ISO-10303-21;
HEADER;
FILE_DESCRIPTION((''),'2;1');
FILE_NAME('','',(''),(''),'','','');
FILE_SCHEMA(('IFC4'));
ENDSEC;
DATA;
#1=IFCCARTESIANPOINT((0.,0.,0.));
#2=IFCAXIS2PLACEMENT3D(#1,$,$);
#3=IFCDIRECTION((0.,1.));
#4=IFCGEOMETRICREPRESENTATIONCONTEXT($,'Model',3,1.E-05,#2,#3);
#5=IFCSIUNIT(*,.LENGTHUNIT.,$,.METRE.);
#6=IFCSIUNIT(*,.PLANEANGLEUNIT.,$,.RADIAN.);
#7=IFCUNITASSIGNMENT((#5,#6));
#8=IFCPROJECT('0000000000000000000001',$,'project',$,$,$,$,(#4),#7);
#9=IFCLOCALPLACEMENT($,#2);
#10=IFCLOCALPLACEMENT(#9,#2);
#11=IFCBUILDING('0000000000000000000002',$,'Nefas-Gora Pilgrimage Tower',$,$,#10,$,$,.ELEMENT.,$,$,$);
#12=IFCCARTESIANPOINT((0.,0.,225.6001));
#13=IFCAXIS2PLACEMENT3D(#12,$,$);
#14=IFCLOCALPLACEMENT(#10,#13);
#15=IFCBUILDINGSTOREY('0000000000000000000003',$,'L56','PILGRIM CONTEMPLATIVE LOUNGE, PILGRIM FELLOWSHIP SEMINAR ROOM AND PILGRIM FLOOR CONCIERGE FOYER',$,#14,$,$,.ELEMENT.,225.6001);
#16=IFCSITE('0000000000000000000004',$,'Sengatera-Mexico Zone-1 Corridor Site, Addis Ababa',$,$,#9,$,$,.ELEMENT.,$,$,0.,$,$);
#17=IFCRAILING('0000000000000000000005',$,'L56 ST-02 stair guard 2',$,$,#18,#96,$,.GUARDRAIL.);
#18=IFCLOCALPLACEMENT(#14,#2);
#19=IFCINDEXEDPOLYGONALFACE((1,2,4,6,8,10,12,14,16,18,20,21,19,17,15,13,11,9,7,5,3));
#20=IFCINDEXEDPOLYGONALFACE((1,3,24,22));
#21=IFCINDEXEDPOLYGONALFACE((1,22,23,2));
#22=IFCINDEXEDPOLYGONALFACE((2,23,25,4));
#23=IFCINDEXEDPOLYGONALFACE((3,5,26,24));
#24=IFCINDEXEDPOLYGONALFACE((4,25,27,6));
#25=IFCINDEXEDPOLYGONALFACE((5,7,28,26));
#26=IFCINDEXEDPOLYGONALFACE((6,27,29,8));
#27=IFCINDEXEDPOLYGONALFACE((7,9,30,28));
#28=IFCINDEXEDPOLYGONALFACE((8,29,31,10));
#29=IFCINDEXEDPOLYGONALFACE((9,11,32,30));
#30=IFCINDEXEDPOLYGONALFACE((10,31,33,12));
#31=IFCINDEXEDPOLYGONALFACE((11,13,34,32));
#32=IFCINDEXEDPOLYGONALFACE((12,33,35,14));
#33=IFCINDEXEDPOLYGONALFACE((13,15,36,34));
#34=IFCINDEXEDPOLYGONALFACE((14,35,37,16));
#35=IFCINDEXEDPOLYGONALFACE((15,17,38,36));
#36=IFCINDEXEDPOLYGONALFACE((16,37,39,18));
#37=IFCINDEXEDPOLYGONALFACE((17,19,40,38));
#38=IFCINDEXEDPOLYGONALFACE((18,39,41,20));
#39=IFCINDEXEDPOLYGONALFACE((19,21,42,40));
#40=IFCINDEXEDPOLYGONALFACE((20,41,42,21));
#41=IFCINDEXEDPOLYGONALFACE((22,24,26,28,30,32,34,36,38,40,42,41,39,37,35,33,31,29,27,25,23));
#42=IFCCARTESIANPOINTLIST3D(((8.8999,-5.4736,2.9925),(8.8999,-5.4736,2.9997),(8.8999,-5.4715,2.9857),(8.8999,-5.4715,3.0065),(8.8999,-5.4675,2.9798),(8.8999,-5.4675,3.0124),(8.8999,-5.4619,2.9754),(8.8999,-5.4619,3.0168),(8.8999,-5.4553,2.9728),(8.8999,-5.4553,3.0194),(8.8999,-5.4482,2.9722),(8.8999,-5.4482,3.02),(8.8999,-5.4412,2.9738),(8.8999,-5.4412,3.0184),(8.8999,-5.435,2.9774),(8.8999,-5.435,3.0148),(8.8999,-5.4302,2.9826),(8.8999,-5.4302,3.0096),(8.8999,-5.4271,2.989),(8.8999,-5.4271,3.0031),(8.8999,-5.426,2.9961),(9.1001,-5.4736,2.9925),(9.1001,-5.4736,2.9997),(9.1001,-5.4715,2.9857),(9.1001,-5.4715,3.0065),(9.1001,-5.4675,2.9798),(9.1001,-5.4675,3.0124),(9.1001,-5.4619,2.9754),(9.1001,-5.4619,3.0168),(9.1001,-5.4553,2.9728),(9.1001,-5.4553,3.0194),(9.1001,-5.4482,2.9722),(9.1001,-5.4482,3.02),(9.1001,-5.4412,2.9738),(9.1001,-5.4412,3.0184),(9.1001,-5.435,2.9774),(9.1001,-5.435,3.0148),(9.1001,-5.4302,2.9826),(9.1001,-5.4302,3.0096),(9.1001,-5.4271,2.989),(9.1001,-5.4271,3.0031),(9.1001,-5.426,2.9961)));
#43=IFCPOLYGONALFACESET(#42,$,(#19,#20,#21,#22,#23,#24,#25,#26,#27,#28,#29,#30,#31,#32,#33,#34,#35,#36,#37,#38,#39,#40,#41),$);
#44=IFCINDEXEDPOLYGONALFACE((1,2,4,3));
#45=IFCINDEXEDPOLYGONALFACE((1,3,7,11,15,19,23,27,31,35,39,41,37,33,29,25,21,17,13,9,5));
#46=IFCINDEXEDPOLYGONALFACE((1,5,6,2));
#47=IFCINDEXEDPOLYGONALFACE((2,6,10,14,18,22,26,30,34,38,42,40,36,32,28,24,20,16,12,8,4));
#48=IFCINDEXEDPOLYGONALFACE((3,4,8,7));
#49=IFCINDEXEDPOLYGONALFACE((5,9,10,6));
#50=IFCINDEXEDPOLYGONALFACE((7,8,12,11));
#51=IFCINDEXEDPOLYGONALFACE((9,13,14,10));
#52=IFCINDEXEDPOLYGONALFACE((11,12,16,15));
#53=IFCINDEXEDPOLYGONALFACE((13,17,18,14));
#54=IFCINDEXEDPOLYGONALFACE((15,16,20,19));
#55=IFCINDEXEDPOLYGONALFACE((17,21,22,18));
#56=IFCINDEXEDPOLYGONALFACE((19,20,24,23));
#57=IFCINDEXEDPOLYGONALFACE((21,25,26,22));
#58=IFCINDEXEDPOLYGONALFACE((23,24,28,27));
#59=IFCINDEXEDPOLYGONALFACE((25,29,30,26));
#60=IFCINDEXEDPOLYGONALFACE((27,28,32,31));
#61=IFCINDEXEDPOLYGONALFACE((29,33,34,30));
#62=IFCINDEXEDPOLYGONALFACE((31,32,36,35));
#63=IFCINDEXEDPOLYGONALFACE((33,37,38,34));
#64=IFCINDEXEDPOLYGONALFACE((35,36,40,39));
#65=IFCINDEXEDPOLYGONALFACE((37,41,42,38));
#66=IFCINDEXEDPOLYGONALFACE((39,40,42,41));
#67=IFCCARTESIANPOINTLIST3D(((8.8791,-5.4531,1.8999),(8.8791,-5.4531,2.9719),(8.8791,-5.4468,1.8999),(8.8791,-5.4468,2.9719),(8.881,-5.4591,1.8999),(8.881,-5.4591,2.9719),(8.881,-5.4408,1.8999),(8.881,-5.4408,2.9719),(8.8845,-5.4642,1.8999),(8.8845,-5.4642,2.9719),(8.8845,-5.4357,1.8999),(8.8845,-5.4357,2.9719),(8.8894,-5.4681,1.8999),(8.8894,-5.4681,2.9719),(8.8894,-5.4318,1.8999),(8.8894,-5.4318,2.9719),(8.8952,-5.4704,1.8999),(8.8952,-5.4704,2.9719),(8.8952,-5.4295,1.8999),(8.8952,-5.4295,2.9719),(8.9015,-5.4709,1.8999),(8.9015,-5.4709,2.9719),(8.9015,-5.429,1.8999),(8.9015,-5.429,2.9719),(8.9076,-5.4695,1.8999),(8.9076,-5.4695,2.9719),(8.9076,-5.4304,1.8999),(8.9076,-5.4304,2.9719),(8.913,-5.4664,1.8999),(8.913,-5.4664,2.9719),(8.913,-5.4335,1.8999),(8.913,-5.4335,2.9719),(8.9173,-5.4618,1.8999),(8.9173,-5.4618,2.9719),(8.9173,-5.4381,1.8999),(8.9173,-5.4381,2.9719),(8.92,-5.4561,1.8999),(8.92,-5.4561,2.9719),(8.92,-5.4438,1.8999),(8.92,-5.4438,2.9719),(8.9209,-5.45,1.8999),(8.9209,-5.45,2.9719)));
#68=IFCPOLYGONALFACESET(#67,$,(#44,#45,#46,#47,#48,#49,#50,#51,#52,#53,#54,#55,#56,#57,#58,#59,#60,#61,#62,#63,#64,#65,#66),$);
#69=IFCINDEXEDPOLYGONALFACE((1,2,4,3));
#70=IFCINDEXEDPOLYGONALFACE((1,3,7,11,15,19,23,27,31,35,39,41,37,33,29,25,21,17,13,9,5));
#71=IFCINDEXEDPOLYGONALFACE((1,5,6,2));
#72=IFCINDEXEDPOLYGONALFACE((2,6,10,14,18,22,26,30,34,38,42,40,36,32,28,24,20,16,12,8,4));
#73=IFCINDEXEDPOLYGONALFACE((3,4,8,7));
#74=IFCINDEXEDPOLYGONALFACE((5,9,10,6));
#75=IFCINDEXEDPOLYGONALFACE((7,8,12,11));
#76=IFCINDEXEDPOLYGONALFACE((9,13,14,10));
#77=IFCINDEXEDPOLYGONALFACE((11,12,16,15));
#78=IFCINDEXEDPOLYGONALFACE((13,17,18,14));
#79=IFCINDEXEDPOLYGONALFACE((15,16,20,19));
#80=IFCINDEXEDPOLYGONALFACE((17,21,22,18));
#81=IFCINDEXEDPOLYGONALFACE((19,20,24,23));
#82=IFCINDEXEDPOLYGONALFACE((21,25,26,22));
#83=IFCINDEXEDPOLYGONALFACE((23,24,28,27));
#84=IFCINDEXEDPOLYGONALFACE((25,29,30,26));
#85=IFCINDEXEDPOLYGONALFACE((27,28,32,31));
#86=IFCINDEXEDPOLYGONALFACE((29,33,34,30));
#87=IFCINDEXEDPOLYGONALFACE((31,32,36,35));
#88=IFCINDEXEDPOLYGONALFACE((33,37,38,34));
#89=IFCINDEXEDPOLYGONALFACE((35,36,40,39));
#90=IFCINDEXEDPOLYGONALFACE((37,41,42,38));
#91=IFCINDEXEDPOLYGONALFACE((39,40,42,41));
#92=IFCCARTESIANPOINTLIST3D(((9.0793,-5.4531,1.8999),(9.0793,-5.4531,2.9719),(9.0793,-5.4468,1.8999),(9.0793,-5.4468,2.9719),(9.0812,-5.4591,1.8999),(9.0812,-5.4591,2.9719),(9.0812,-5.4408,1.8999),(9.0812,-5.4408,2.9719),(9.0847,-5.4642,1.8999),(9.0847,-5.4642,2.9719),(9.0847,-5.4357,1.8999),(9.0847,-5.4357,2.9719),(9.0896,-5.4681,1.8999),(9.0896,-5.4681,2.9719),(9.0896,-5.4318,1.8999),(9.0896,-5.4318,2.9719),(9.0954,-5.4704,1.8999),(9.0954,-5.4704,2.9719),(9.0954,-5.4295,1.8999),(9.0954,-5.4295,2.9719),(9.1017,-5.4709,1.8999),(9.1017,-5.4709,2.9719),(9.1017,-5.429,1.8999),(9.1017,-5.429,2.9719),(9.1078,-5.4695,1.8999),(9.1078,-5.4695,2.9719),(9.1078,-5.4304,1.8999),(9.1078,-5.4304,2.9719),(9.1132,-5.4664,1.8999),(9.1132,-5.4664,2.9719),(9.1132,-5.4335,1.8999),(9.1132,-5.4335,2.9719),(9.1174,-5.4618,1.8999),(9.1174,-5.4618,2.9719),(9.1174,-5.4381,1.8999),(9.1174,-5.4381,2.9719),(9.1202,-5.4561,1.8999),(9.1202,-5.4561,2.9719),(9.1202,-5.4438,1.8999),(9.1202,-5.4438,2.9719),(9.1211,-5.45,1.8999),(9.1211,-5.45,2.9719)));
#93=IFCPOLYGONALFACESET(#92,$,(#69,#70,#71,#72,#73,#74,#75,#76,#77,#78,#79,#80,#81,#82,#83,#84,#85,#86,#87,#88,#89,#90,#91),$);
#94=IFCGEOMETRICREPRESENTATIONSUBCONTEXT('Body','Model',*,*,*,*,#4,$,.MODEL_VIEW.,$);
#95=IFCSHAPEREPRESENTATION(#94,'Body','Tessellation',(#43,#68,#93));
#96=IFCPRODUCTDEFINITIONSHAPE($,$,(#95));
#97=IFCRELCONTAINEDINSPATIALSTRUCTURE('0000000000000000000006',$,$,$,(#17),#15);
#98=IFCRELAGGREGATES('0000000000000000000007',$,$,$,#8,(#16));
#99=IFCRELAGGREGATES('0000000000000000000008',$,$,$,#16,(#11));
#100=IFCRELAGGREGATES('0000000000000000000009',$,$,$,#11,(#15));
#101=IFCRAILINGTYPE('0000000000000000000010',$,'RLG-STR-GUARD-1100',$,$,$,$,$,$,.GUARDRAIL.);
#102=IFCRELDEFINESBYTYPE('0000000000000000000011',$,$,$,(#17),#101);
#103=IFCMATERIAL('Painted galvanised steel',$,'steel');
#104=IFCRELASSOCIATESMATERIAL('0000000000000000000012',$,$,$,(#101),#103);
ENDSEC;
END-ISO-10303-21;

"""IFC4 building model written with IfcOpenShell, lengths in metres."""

from ifc_helpers import new_model, si_unit, direction, frame, origin, origin_2d, place, context, subcontext, project, spatial, circle, extrude, material, type_object, element, save


model = new_model("IFC4")

# Units and contexts
model_context = context("Model", 3, precision=1e-05, world=origin(), true_north=direction((0.0, 1.0)))
body_context = subcontext(model_context, "Body", "Model", "MODEL_VIEW")
ifc_project = project(units=[si_unit("LENGTHUNIT", "METRE"), si_unit("PLANEANGLEUNIT", "RADIAN")], contexts=[model_context])

# Site, building, storey
site_placement = place(None, origin())
site = spatial("IfcSite", under=ifc_project, at=site_placement, Name="Sengatera-Mexico Zone-1 Corridor Site, Addis Ababa", CompositionType="ELEMENT", RefElevation=0.0)
building_placement = place(site_placement, origin())
building = spatial("IfcBuilding", under=site, at=building_placement, Name="Nefas-Gora Pilgrimage Tower", CompositionType="ELEMENT")
storey_placement = place(building_placement, frame((0.0, 0.0, 225.6001)))
storey = spatial("IfcBuildingStorey", under=building, at=storey_placement, Name="L56", Description="PILGRIM CONTEMPLATIVE LOUNGE, PILGRIM FELLOWSHIP SEMINAR ROOM AND PILGRIM FLOOR CONCIERGE FOYER", CompositionType="ELEMENT", Elevation=225.6001)

# Railing
ifc_material_1 = material(Name="Painted galvanised steel", Category="steel")
railing_type_1 = type_object("IfcRailingType", Name="RLG-STR-GUARD-1100", PredefinedType="GUARDRAIL", material=ifc_material_1)
railing_1_placement = place(storey_placement, frame((8.8999, -5.45, 1.8999)))
element("IfcRailing", 1, at=railing_1_placement, inside=storey, type_object=railing_type_1, Name="L56 ST-02 stair guard 2", PredefinedType="GUARDRAIL", context=body_context, shape_type="SweptSolid", body=[
    extrude(circle(Radius=0.0239, at=origin_2d()), frame((0.0, 0.0, 1.0962), z_axis=(1.0, 0.0, 0.0), x_axis=(0.0, 1.0, 0.0)), (0.0, 0.0, 1.0), 0.2002),
    extrude(circle(Radius=0.021, at=origin_2d()), origin(), (0.0, 0.0, 1.0), 1.072),
    extrude(circle(Radius=0.021, at=origin_2d()), frame((0.2002, 0.0, 0.0)), (0.0, 0.0, 1.0), 1.072),
])

save(model, "model.ifc")
